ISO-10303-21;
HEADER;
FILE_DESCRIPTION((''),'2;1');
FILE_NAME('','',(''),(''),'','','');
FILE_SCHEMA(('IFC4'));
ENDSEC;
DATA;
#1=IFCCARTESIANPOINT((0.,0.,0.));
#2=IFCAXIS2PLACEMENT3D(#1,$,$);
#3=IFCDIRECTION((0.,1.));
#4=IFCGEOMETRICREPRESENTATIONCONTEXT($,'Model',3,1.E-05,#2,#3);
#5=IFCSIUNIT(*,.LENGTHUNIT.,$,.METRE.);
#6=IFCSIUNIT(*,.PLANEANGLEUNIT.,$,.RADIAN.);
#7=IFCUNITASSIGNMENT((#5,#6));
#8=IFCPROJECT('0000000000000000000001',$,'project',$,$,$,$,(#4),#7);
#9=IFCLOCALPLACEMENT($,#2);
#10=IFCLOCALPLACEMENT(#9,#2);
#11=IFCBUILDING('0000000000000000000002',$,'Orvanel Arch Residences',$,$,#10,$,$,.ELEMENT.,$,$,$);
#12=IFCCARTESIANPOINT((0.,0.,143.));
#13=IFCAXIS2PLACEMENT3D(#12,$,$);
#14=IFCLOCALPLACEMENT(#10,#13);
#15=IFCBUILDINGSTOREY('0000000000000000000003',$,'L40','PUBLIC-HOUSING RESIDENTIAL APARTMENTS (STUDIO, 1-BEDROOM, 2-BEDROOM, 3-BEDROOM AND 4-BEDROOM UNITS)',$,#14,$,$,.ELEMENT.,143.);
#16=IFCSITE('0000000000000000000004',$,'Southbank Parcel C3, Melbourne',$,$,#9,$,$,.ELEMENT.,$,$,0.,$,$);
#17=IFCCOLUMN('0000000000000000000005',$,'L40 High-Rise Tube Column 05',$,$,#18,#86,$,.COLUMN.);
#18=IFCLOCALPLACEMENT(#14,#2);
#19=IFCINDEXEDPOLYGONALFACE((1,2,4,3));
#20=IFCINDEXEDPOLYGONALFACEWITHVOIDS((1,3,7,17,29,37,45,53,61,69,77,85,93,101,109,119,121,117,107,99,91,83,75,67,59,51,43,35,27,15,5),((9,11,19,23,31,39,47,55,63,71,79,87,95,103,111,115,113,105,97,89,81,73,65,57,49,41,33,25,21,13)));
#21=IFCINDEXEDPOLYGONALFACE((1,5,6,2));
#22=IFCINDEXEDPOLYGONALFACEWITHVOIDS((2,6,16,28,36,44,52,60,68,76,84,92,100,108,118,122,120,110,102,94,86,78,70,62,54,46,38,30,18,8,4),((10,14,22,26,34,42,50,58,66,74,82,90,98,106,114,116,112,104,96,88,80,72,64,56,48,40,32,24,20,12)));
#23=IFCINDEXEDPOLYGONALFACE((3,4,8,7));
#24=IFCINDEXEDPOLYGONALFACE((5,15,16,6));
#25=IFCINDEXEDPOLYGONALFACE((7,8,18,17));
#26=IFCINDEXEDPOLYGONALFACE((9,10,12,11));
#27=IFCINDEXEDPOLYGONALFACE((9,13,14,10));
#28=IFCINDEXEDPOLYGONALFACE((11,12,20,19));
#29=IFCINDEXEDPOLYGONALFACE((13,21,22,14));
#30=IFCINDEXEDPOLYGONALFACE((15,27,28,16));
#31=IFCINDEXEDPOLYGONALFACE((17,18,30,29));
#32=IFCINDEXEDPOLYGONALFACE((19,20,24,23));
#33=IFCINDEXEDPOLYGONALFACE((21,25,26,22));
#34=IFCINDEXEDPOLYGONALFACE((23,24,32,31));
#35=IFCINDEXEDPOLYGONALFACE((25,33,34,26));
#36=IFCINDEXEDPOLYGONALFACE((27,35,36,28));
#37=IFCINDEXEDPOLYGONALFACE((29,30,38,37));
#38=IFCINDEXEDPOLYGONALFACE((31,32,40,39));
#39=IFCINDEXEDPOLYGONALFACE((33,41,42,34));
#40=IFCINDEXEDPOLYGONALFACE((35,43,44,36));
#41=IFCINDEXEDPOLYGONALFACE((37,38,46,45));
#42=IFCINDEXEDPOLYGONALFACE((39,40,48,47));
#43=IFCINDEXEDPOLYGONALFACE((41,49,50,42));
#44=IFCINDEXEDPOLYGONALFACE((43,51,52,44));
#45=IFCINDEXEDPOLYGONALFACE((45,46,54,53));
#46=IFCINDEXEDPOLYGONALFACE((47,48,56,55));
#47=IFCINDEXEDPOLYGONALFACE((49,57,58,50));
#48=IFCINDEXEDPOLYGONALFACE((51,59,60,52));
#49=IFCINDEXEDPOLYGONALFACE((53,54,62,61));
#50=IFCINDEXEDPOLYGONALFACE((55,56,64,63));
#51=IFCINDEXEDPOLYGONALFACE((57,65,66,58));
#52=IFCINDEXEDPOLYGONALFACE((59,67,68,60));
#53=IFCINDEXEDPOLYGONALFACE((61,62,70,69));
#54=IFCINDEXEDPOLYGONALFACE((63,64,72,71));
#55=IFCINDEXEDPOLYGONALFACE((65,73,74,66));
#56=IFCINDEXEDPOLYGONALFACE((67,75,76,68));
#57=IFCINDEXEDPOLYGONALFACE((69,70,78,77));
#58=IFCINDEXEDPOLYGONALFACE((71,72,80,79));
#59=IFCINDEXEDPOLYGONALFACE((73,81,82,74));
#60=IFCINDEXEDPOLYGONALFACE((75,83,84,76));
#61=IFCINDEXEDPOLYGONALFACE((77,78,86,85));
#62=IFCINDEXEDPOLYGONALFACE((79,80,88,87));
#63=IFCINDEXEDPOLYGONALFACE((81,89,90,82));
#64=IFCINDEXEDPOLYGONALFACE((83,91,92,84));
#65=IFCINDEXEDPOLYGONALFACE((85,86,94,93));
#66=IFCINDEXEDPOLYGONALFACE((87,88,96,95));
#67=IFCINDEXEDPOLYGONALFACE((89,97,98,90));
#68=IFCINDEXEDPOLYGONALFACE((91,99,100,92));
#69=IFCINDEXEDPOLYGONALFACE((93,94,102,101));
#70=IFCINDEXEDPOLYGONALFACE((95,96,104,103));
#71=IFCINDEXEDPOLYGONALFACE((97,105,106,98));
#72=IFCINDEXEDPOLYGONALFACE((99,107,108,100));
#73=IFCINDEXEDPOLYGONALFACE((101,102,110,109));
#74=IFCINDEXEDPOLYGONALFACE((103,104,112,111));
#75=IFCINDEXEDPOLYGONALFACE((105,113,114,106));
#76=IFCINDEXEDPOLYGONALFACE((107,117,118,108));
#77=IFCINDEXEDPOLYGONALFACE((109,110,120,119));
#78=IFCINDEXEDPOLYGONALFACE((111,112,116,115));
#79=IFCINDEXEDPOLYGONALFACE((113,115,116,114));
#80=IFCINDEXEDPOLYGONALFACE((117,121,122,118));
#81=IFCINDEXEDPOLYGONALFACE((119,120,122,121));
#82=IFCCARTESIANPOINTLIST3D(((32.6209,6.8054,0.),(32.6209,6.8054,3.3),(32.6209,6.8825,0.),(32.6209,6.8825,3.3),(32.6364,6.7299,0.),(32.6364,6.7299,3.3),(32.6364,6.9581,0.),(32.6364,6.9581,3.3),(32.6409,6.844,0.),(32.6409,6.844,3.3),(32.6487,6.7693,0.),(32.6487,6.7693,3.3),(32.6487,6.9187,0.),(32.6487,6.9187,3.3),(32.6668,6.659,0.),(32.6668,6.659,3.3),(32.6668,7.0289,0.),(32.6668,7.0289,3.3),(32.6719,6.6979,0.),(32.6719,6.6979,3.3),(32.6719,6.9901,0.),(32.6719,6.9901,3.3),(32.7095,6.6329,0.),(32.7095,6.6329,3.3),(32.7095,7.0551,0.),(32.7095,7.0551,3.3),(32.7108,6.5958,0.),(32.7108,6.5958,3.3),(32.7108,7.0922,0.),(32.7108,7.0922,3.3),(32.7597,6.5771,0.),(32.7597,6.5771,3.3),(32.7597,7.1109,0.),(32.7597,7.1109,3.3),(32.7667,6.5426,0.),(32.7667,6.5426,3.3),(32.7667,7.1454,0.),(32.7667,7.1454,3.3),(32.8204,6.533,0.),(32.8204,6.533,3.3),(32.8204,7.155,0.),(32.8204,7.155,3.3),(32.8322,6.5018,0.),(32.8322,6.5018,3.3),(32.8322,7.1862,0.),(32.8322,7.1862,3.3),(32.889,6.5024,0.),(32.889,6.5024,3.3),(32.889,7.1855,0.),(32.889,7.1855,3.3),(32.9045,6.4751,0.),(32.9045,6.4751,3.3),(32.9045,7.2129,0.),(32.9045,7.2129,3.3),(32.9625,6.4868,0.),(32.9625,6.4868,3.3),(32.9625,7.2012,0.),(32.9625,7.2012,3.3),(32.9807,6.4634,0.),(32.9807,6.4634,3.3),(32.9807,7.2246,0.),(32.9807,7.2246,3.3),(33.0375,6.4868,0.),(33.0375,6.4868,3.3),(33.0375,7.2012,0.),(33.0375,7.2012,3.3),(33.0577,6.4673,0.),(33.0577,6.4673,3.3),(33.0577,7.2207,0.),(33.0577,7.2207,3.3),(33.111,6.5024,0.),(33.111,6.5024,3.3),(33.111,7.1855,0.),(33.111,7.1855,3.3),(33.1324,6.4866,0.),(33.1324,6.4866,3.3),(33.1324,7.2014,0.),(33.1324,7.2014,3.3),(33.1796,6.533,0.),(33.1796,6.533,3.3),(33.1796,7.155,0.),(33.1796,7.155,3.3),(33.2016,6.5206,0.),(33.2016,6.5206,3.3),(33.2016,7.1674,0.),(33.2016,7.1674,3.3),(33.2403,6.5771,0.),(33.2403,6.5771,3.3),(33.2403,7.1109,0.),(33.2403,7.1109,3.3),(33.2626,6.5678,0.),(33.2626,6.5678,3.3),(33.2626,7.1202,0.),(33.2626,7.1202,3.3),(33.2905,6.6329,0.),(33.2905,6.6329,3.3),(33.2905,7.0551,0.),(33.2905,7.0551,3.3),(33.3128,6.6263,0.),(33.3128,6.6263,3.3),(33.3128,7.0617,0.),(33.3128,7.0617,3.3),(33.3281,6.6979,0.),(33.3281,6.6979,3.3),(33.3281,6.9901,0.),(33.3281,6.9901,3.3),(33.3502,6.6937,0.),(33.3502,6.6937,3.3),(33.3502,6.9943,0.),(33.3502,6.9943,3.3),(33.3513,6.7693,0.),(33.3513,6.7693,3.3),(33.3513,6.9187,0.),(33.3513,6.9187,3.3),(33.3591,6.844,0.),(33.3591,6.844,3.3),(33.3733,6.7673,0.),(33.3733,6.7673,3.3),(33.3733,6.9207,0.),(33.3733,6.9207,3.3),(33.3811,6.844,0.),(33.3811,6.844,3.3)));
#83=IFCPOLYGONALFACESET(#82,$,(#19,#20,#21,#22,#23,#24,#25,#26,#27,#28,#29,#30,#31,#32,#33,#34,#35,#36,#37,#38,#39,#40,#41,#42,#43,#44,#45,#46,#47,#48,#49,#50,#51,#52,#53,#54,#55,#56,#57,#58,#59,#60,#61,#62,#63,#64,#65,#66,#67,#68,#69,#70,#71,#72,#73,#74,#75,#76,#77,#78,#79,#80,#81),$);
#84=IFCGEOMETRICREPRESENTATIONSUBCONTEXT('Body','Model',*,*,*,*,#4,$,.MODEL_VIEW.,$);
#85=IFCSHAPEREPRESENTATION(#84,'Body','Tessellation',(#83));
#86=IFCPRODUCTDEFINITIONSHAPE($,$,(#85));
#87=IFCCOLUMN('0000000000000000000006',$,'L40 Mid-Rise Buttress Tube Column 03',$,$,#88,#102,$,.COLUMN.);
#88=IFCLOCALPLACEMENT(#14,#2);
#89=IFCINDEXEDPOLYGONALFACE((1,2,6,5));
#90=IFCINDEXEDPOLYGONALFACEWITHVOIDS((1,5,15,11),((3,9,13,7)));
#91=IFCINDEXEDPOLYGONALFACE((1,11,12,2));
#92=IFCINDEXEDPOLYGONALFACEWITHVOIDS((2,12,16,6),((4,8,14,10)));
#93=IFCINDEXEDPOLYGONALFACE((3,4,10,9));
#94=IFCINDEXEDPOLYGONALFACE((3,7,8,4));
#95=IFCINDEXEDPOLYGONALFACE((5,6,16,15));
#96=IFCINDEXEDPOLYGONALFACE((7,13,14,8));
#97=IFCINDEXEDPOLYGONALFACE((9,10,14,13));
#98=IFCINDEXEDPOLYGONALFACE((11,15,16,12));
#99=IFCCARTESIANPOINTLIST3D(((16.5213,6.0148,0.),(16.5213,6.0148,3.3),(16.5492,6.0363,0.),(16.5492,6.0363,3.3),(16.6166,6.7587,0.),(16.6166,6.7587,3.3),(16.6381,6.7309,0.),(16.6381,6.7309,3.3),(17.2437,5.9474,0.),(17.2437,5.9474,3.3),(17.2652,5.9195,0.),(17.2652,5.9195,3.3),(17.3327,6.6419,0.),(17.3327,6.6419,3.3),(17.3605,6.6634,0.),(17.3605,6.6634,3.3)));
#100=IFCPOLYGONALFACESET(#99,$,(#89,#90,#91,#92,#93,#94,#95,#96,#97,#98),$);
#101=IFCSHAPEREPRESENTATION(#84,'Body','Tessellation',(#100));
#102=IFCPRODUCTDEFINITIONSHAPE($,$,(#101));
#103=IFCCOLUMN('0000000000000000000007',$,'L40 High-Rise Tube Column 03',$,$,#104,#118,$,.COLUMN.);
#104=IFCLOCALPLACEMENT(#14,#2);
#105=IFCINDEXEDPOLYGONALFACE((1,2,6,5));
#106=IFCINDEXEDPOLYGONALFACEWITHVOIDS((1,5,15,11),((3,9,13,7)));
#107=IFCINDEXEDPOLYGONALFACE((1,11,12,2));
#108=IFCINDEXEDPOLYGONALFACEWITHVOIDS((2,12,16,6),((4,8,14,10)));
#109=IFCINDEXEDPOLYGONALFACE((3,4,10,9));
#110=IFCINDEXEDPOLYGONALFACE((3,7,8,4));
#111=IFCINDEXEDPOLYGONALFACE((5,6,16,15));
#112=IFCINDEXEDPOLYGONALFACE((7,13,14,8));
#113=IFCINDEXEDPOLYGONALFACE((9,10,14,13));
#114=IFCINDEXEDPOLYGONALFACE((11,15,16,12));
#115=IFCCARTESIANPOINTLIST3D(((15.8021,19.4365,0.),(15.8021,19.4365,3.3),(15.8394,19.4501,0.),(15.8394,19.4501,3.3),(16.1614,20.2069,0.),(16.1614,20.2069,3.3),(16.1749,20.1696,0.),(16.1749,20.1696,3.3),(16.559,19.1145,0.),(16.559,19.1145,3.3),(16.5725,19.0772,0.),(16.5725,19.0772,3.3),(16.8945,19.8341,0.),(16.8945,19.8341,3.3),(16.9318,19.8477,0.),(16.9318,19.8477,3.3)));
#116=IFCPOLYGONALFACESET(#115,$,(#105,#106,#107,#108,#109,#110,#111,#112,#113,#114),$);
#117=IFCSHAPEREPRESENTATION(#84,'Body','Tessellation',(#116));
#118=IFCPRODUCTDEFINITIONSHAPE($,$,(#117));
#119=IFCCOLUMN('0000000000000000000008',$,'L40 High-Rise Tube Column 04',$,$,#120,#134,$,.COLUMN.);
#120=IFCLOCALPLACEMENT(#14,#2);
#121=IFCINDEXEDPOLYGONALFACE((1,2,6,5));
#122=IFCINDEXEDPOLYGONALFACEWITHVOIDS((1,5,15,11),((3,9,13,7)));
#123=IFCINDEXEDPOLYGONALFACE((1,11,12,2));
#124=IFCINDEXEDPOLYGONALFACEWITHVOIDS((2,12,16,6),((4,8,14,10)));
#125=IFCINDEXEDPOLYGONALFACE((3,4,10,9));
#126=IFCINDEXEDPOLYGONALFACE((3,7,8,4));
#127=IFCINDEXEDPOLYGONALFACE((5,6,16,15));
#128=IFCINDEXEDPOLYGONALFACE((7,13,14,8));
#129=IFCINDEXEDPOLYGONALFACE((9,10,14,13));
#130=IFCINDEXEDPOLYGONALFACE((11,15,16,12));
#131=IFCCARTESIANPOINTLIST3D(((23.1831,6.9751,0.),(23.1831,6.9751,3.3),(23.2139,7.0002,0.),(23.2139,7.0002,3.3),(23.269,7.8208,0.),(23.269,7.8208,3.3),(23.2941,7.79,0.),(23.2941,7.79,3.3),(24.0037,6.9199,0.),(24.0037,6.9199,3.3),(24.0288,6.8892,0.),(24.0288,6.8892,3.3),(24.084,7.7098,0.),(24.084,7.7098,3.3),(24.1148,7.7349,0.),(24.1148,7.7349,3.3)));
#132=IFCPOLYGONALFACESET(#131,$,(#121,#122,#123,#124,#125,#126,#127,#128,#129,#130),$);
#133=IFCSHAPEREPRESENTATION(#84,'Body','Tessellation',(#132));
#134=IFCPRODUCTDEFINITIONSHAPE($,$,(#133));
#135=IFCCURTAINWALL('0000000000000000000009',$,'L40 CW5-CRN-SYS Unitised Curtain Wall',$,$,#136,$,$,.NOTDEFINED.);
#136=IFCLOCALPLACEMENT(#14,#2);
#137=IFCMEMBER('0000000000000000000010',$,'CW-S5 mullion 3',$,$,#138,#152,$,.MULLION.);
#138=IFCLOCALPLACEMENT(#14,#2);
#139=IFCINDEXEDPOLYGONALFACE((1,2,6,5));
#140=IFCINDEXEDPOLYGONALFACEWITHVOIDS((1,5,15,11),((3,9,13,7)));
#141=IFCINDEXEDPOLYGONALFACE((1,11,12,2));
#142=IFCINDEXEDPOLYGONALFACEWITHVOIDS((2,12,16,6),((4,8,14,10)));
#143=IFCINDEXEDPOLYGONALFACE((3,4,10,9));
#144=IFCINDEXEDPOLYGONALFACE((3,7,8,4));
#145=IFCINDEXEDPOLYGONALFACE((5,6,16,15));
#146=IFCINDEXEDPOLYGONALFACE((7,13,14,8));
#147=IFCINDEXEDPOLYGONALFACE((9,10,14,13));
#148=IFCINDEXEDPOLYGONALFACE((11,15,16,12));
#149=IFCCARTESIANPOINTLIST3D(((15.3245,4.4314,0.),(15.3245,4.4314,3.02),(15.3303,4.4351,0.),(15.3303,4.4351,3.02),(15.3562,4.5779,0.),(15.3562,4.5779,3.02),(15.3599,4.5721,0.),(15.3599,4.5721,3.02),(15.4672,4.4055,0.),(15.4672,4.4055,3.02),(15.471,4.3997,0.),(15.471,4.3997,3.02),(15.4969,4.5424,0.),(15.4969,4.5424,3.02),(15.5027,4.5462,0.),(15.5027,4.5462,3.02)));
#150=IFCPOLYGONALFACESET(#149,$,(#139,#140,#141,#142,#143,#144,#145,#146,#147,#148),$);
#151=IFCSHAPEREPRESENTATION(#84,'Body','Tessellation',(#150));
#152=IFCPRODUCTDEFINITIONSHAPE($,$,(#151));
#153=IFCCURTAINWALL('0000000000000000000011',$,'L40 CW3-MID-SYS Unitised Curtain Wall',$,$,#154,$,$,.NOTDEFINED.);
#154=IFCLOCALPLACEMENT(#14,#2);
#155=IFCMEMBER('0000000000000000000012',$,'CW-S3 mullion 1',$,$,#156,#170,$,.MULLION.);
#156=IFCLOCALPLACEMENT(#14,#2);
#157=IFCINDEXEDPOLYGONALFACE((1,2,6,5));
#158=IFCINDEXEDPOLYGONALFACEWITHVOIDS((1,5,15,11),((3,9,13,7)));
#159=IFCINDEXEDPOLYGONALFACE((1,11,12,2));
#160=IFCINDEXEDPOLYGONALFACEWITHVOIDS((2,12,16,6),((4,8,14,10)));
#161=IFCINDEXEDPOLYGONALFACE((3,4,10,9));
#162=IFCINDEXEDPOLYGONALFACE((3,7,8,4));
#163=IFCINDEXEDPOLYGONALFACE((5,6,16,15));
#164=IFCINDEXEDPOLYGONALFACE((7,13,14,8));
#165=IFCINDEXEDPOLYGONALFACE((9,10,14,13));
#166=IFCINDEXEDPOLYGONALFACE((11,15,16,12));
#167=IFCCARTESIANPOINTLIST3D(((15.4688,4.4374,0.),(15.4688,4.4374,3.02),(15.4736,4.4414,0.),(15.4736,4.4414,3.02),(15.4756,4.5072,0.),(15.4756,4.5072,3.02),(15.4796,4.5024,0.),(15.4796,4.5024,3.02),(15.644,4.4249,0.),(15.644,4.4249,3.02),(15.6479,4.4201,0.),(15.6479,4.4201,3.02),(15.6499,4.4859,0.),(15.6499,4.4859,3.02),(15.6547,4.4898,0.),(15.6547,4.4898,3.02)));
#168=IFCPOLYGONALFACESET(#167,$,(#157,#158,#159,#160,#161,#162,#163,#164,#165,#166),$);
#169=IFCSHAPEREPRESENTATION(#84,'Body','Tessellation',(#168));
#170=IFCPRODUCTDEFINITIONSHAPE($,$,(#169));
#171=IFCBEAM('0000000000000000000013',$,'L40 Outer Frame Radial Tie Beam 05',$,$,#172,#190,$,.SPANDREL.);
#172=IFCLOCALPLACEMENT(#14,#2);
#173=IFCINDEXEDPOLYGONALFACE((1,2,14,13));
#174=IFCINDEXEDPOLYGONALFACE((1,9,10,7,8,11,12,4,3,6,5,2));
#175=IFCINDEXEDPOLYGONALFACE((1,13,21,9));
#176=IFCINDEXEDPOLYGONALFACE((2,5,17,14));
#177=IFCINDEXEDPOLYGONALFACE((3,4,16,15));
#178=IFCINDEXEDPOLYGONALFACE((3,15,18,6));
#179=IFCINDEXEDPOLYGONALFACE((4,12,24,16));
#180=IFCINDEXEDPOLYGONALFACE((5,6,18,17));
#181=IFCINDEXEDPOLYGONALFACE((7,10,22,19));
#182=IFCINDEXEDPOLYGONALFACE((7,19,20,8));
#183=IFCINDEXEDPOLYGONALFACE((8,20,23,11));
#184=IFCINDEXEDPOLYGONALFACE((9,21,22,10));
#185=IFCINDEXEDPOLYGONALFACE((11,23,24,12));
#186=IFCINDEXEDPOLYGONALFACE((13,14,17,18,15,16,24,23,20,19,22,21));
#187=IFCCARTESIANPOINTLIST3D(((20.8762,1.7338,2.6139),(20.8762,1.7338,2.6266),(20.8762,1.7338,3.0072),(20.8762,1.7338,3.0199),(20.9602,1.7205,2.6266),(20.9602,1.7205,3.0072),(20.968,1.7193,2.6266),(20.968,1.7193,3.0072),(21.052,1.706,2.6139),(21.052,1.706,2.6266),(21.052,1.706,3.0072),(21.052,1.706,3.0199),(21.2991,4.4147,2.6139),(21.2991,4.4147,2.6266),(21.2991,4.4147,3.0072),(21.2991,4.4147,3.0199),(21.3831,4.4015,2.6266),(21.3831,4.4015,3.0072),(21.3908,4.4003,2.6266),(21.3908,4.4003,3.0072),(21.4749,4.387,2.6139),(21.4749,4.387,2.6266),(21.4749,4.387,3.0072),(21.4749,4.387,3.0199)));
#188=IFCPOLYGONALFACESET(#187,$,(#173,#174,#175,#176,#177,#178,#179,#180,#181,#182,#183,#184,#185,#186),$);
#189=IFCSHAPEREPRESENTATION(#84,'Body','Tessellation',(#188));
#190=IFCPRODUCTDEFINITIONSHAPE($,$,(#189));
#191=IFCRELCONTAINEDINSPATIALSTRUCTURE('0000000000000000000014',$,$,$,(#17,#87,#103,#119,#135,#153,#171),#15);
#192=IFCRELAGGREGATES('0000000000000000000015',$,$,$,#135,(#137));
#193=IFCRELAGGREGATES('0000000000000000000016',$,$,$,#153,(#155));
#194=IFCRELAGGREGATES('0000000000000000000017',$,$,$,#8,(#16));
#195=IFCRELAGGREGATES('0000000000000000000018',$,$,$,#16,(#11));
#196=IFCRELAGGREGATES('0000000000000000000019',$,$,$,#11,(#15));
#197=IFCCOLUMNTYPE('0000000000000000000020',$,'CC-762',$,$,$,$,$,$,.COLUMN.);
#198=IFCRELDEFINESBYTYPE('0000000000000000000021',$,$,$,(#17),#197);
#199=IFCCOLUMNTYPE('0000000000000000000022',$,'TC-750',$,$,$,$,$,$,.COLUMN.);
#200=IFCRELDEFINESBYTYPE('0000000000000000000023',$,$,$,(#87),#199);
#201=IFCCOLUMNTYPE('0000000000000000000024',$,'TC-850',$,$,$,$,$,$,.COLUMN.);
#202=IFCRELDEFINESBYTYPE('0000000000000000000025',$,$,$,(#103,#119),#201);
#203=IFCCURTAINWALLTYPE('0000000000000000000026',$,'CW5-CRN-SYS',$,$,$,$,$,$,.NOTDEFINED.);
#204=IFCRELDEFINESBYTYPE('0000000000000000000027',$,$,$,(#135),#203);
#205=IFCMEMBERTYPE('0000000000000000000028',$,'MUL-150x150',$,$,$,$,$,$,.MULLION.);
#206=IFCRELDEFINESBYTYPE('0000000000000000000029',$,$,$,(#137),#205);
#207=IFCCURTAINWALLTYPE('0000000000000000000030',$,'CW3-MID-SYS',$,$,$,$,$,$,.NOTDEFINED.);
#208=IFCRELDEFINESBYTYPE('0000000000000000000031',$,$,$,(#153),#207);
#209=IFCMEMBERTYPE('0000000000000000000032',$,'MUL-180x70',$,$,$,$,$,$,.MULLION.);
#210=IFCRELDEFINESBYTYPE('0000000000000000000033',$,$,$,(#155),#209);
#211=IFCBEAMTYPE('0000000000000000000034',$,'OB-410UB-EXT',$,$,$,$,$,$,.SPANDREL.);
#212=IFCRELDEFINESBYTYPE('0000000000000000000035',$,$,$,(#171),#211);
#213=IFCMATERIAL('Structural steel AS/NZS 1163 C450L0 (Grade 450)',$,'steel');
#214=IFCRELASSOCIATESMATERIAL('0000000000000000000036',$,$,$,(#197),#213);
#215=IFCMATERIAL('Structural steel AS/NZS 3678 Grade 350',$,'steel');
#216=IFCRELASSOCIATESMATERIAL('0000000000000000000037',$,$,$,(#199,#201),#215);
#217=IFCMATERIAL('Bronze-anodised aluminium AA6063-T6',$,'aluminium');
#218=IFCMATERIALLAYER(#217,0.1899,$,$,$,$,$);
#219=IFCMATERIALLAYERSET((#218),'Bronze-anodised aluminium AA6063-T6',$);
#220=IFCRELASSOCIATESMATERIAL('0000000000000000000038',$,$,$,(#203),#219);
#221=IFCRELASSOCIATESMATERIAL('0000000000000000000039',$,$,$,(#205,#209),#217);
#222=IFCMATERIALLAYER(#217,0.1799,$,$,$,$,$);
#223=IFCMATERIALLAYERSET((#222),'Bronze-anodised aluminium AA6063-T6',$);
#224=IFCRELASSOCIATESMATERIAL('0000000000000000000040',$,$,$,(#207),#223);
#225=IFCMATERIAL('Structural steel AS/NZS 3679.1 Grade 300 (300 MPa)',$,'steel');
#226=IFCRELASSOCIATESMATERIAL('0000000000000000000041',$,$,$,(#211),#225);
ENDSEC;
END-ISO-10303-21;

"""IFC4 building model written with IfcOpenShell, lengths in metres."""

from ifc_helpers import new_model, si_unit, direction, frame, origin, origin_2d, place, context, subcontext, project, spatial, hollow_rectangle, hollow_circle, i_section, extrude, material, layer, layer_set, material_profile, profile_set, type_object, element, aggregate, save


model = new_model("IFC4")

# Units and contexts
model_context = context("Model", 3, precision=1e-05, world=origin(), true_north=direction((0.0, 1.0)))
body_context = subcontext(model_context, "Body", "Model", "MODEL_VIEW")
ifc_project = project(units=[si_unit("LENGTHUNIT", "METRE"), si_unit("PLANEANGLEUNIT", "RADIAN")], contexts=[model_context])

# Site, building, storey
site_placement = place(None, origin())
site = spatial("IfcSite", under=ifc_project, at=site_placement, Name="Southbank Parcel C3, Melbourne", CompositionType="ELEMENT", RefElevation=0.0)
building_placement = place(site_placement, origin())
building = spatial("IfcBuilding", under=site, at=building_placement, Name="Orvanel Arch Residences", CompositionType="ELEMENT")
storey_placement = place(building_placement, frame((0.0, 0.0, 143.0)))
storey = spatial("IfcBuildingStorey", under=building, at=storey_placement, Name="L40", Description="PUBLIC-HOUSING RESIDENTIAL APARTMENTS (STUDIO, 1-BEDROOM, 2-BEDROOM, 3-BEDROOM AND 4-BEDROOM UNITS)", CompositionType="ELEMENT", Elevation=143.0)

# Columns
ifc_material_1 = material(Name="Structural steel AS/NZS 1163 C450L0 (Grade 450)", Category="steel")
ifc_material_profile_1 = material_profile(ifc_material_1, hollow_circle(Radius=0.3811, WallThickness=0.022, at=origin_2d()), Name="CHS762x22")
ifc_profile_set_1 = profile_set([ifc_material_profile_1], Name="Structural steel AS/NZS 1163 C450L0 (Grade 450)")
column_type_1 = type_object("IfcColumnType", Name="CC-762", PredefinedType="COLUMN", material=ifc_profile_set_1)
column_1_placement = place(storey_placement, frame((33.0, 6.844, 0.0), z_axis=(0.0, 0.0, 1.0), x_axis=(1.0, 0.0, 0.0)))
element("IfcColumn", 1, at=column_1_placement, inside=storey, type_object=column_type_1, Name="L40 High-Rise Tube Column 05", PredefinedType="COLUMN", context=body_context, shape_type="SweptSolid", body=[
    extrude(hollow_circle(Radius=0.3811, WallThickness=0.022, at=origin_2d()), origin(), (0.0, 0.0, 1.0), 3.3),
])
ifc_material_2 = material(Name="Structural steel AS/NZS 3678 Grade 350", Category="steel")
ifc_material_profile_2 = material_profile(ifc_material_2, hollow_rectangle(XDim=0.75, YDim=0.75, WallThickness=0.0249, at=origin_2d()), Name="BOX750x750x25")
ifc_profile_set_2 = profile_set([ifc_material_profile_2], Name="Structural steel AS/NZS 3678 Grade 350")
column_type_2 = type_object("IfcColumnType", Name="TC-750", PredefinedType="COLUMN", material=ifc_profile_set_2)
column_2_placement = place(storey_placement, frame((16.9409, 6.3391, 0.0), z_axis=(0.0, 0.0, 1.0), x_axis=(-0.991894, 0.127065, 0.0)))
element("IfcColumn", 2, at=column_2_placement, inside=storey, type_object=column_type_2, Name="L40 Mid-Rise Buttress Tube Column 03", PredefinedType="COLUMN", context=body_context, shape_type="SweptSolid", body=[
    extrude(hollow_rectangle(XDim=0.75, YDim=0.75, WallThickness=0.0249, at=origin_2d()), origin(), (0.0, 0.0, 1.0), 3.3),
])
ifc_material_profile_3 = material_profile(ifc_material_2, hollow_rectangle(XDim=0.8501, YDim=0.8501, WallThickness=0.0281, at=origin_2d()), Name="BOX850x850x28")
ifc_profile_set_3 = profile_set([ifc_material_profile_3], Name="Structural steel AS/NZS 3678 Grade 350")
column_type_3 = type_object("IfcColumnType", Name="TC-850", PredefinedType="COLUMN", material=ifc_profile_set_3)
for number, where, z_axis, x_axis, name in (
    (3, (16.3669, 19.6421, 0.0), (0.0, 0.0, 1.0), (0.422618, 0.906308, 0.0), "L40 High-Rise Tube Column 03"),
    (4, (23.6489, 7.355, 0.0), (0.0, 0.0, 1.0), (-0.994881, 0.101056, 0.0), "L40 High-Rise Tube Column 04"),
):
    element("IfcColumn", number, at=place(storey_placement, frame(where, z_axis=z_axis, x_axis=x_axis)), inside=storey, type_object=column_type_3, Name=name, PredefinedType="COLUMN", context=body_context, shape_type="SweptSolid", body=[
        extrude(hollow_rectangle(XDim=0.8501, YDim=0.8501, WallThickness=0.0281, at=origin_2d()), origin(), (0.0, 0.0, 1.0), 3.3),
    ])

# Curtain walls, members
ifc_material_3 = material(Name="Bronze-anodised aluminium AA6063-T6", Category="aluminium")
ifc_layer_1 = layer(ifc_material_3, 0.1899)
ifc_layer_set_1 = layer_set([ifc_layer_1], Name="Bronze-anodised aluminium AA6063-T6")
curtain_wall_type_1 = type_object("IfcCurtainWallType", Name="CW5-CRN-SYS", PredefinedType="NOTDEFINED", material=ifc_layer_set_1)
curtain_wall_1_placement = place(storey_placement, origin())
curtain_wall_1 = element("IfcCurtainWall", 5, at=curtain_wall_1_placement, inside=storey, type_object=curtain_wall_type_1, Name="L40 CW5-CRN-SYS Unitised Curtain Wall", PredefinedType="NOTDEFINED")
ifc_material_profile_4 = material_profile(ifc_material_3, hollow_rectangle(XDim=0.1499, YDim=0.1499, WallThickness=0.0049, at=origin_2d()), Name="ALU150x150x5")
ifc_profile_set_4 = profile_set([ifc_material_profile_4], Name="Bronze-anodised aluminium AA6063-T6")
member_type_1 = type_object("IfcMemberType", Name="MUL-150x150", PredefinedType="MULLION", material=ifc_profile_set_4)
member_1_placement = place(storey_placement, frame((15.4136, 4.4888, 0.0), z_axis=(0.0, 0.0, 1.0), x_axis=(0.211391, 0.977402, 0.0)))
member_1 = element("IfcMember", 6, at=member_1_placement, type_object=member_type_1, Name="CW-S5 mullion 3", PredefinedType="MULLION", context=body_context, shape_type="SweptSolid", body=[
    extrude(hollow_rectangle(XDim=0.1499, YDim=0.1499, WallThickness=0.0049, at=origin_2d()), origin(), (0.0, 0.0, 1.0), 3.02),
])
aggregate(curtain_wall_1, [member_1])
ifc_layer_2 = layer(ifc_material_3, 0.1799)
ifc_layer_set_2 = layer_set([ifc_layer_2], Name="Bronze-anodised aluminium AA6063-T6")
curtain_wall_type_2 = type_object("IfcCurtainWallType", Name="CW3-MID-SYS", PredefinedType="NOTDEFINED", material=ifc_layer_set_2)
curtain_wall_2_placement = place(storey_placement, origin())
curtain_wall_2 = element("IfcCurtainWall", 7, at=curtain_wall_2_placement, inside=storey, type_object=curtain_wall_type_2, Name="L40 CW3-MID-SYS Unitised Curtain Wall", PredefinedType="NOTDEFINED")
ifc_material_profile_5 = material_profile(ifc_material_3, hollow_rectangle(XDim=0.0701, YDim=0.1799, WallThickness=0.0044, at=origin_2d()), Name="ALU180x70x4.5")
ifc_profile_set_5 = profile_set([ifc_material_profile_5], Name="Bronze-anodised aluminium AA6063-T6")
member_type_2 = type_object("IfcMemberType", Name="MUL-180x70", PredefinedType="MULLION", material=ifc_profile_set_5)
member_2_placement = place(storey_placement, frame((15.5618, 4.4636, 0.0), z_axis=(0.0, 0.0, 1.0), x_axis=(0.096603, 0.995323, 0.0)))
member_2 = element("IfcMember", 8, at=member_2_placement, type_object=member_type_2, Name="CW-S3 mullion 1", PredefinedType="MULLION", context=body_context, shape_type="SweptSolid", body=[
    extrude(hollow_rectangle(XDim=0.0701, YDim=0.1799, WallThickness=0.0044, at=origin_2d()), origin(), (0.0, 0.0, 1.0), 3.02),
])

# Beam
ifc_material_4 = material(Name="Structural steel AS/NZS 3679.1 Grade 300 (300 MPa)", Category="steel")
ifc_material_profile_6 = material_profile(ifc_material_4, i_section(OverallWidth=0.178, OverallDepth=0.406, WebThickness=0.0078, FlangeThickness=0.0127, at=origin_2d()), Name="410UB59.7")
ifc_profile_set_6 = profile_set([ifc_material_profile_6], Name="Structural steel AS/NZS 3679.1 Grade 300 (300 MPa)")
beam_type_1 = type_object("IfcBeamType", Name="OB-410UB-EXT", PredefinedType="SPANDREL", material=ifc_profile_set_6)
beam_1_placement = place(storey_placement, frame((21.387, 4.4009, 2.8169), z_axis=(-0.155801, -0.987788, 0.0), x_axis=(0.987788, -0.155801, 0.0)))
element("IfcBeam", 9, at=beam_1_placement, inside=storey, type_object=beam_type_1, Name="L40 Outer Frame Radial Tie Beam 05", PredefinedType="SPANDREL", context=body_context, shape_type="SweptSolid", body=[
    extrude(i_section(OverallWidth=0.178, OverallDepth=0.406, WebThickness=0.0078, FlangeThickness=0.0127, at=origin_2d()), origin(), (0.0, 0.0, 1.0), 2.7141),
])

aggregate(curtain_wall_2, [member_2])

save(model, "model.ifc")
